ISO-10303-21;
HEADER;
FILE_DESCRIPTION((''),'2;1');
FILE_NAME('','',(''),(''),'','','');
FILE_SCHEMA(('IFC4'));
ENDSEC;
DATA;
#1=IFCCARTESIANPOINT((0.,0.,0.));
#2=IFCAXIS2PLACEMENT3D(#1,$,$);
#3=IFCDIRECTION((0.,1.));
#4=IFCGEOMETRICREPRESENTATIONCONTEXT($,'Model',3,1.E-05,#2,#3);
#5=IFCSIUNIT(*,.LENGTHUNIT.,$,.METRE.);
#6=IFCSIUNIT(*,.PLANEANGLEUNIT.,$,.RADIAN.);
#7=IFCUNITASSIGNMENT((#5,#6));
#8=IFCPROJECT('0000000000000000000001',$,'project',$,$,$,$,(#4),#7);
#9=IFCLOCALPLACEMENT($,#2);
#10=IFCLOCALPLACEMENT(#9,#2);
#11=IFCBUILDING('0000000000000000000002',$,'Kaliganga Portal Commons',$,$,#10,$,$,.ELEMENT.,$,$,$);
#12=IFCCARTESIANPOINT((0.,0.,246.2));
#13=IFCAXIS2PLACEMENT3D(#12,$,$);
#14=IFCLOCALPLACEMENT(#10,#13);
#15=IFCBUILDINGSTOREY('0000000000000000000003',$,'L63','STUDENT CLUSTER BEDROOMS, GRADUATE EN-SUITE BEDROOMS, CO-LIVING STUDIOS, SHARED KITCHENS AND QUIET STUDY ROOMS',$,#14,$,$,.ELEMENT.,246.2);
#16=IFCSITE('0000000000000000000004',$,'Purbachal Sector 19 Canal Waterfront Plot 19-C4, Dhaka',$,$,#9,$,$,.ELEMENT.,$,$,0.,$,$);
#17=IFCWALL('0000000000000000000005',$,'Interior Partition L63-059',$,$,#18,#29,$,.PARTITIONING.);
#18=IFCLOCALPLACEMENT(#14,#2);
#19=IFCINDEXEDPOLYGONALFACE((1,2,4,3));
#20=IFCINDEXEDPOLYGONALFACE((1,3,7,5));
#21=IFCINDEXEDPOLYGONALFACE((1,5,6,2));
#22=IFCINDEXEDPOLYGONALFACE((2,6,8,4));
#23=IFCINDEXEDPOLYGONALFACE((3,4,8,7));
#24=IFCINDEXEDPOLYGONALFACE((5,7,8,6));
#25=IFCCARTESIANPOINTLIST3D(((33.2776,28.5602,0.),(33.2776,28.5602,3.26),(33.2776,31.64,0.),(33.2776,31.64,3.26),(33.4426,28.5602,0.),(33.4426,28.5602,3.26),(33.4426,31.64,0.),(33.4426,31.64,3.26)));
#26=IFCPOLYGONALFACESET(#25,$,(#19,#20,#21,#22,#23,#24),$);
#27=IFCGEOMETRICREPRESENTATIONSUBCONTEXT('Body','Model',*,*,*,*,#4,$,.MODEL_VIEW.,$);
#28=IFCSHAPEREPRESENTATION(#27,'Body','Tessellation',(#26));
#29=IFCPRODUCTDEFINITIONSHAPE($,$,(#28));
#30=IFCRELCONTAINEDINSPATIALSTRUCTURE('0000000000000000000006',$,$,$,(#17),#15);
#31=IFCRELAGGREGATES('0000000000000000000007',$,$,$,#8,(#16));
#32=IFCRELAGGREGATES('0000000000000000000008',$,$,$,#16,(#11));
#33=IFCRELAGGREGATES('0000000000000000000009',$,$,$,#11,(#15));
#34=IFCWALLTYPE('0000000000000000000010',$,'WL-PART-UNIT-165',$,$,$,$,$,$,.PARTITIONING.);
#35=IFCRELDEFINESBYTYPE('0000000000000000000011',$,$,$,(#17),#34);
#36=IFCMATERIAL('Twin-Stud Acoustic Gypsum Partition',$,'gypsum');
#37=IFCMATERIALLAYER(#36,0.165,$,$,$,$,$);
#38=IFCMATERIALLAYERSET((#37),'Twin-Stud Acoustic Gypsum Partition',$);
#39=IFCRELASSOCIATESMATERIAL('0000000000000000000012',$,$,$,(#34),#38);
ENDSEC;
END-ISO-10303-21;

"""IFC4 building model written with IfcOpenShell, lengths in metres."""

from ifc_helpers import new_model, si_unit, direction, frame, frame_2d, origin, place, context, subcontext, project, spatial, rectangle, extrude, material, layer, layer_set, type_object, element, save


model = new_model("IFC4")

# Units and contexts
model_context = context("Model", 3, precision=1e-05, world=origin(), true_north=direction((0.0, 1.0)))
body_context = subcontext(model_context, "Body", "Model", "MODEL_VIEW")
ifc_project = project(units=[si_unit("LENGTHUNIT", "METRE"), si_unit("PLANEANGLEUNIT", "RADIAN")], contexts=[model_context])

# Site, building, storey
site_placement = place(None, origin())
site = spatial("IfcSite", under=ifc_project, at=site_placement, Name="Purbachal Sector 19 Canal Waterfront Plot 19-C4, Dhaka", CompositionType="ELEMENT", RefElevation=0.0)
building_placement = place(site_placement, origin())
building = spatial("IfcBuilding", under=site, at=building_placement, Name="Kaliganga Portal Commons", CompositionType="ELEMENT")
storey_placement = place(building_placement, frame((0.0, 0.0, 246.2)))
storey = spatial("IfcBuildingStorey", under=building, at=storey_placement, Name="L63", Description="STUDENT CLUSTER BEDROOMS, GRADUATE EN-SUITE BEDROOMS, CO-LIVING STUDIOS, SHARED KITCHENS AND QUIET STUDY ROOMS", CompositionType="ELEMENT", Elevation=246.2)

# Wall
ifc_material_1 = material(Name="Twin-Stud Acoustic Gypsum Partition", Category="gypsum")
ifc_layer_1 = layer(ifc_material_1, 0.165)
ifc_layer_set_1 = layer_set([ifc_layer_1], Name="Twin-Stud Acoustic Gypsum Partition")
wall_type_1 = type_object("IfcWallType", Name="WL-PART-UNIT-165", PredefinedType="PARTITIONING", material=ifc_layer_set_1)
wall_1_placement = place(storey_placement, frame((33.3601, 28.5601, 0.0), z_axis=(0.0, 0.0, 1.0), x_axis=(0.0, 1.0, 0.0)))
element("IfcWall", 1, at=wall_1_placement, inside=storey, type_object=wall_type_1, Name="Interior Partition L63-059", PredefinedType="PARTITIONING", context=body_context, shape_type="SweptSolid", body=[
    extrude(rectangle(XDim=3.0798, YDim=0.165, at=frame_2d((1.54, 0.0))), origin(), (0.0, 0.0, 1.0), 3.26),
])

save(model, "model.ifc")
